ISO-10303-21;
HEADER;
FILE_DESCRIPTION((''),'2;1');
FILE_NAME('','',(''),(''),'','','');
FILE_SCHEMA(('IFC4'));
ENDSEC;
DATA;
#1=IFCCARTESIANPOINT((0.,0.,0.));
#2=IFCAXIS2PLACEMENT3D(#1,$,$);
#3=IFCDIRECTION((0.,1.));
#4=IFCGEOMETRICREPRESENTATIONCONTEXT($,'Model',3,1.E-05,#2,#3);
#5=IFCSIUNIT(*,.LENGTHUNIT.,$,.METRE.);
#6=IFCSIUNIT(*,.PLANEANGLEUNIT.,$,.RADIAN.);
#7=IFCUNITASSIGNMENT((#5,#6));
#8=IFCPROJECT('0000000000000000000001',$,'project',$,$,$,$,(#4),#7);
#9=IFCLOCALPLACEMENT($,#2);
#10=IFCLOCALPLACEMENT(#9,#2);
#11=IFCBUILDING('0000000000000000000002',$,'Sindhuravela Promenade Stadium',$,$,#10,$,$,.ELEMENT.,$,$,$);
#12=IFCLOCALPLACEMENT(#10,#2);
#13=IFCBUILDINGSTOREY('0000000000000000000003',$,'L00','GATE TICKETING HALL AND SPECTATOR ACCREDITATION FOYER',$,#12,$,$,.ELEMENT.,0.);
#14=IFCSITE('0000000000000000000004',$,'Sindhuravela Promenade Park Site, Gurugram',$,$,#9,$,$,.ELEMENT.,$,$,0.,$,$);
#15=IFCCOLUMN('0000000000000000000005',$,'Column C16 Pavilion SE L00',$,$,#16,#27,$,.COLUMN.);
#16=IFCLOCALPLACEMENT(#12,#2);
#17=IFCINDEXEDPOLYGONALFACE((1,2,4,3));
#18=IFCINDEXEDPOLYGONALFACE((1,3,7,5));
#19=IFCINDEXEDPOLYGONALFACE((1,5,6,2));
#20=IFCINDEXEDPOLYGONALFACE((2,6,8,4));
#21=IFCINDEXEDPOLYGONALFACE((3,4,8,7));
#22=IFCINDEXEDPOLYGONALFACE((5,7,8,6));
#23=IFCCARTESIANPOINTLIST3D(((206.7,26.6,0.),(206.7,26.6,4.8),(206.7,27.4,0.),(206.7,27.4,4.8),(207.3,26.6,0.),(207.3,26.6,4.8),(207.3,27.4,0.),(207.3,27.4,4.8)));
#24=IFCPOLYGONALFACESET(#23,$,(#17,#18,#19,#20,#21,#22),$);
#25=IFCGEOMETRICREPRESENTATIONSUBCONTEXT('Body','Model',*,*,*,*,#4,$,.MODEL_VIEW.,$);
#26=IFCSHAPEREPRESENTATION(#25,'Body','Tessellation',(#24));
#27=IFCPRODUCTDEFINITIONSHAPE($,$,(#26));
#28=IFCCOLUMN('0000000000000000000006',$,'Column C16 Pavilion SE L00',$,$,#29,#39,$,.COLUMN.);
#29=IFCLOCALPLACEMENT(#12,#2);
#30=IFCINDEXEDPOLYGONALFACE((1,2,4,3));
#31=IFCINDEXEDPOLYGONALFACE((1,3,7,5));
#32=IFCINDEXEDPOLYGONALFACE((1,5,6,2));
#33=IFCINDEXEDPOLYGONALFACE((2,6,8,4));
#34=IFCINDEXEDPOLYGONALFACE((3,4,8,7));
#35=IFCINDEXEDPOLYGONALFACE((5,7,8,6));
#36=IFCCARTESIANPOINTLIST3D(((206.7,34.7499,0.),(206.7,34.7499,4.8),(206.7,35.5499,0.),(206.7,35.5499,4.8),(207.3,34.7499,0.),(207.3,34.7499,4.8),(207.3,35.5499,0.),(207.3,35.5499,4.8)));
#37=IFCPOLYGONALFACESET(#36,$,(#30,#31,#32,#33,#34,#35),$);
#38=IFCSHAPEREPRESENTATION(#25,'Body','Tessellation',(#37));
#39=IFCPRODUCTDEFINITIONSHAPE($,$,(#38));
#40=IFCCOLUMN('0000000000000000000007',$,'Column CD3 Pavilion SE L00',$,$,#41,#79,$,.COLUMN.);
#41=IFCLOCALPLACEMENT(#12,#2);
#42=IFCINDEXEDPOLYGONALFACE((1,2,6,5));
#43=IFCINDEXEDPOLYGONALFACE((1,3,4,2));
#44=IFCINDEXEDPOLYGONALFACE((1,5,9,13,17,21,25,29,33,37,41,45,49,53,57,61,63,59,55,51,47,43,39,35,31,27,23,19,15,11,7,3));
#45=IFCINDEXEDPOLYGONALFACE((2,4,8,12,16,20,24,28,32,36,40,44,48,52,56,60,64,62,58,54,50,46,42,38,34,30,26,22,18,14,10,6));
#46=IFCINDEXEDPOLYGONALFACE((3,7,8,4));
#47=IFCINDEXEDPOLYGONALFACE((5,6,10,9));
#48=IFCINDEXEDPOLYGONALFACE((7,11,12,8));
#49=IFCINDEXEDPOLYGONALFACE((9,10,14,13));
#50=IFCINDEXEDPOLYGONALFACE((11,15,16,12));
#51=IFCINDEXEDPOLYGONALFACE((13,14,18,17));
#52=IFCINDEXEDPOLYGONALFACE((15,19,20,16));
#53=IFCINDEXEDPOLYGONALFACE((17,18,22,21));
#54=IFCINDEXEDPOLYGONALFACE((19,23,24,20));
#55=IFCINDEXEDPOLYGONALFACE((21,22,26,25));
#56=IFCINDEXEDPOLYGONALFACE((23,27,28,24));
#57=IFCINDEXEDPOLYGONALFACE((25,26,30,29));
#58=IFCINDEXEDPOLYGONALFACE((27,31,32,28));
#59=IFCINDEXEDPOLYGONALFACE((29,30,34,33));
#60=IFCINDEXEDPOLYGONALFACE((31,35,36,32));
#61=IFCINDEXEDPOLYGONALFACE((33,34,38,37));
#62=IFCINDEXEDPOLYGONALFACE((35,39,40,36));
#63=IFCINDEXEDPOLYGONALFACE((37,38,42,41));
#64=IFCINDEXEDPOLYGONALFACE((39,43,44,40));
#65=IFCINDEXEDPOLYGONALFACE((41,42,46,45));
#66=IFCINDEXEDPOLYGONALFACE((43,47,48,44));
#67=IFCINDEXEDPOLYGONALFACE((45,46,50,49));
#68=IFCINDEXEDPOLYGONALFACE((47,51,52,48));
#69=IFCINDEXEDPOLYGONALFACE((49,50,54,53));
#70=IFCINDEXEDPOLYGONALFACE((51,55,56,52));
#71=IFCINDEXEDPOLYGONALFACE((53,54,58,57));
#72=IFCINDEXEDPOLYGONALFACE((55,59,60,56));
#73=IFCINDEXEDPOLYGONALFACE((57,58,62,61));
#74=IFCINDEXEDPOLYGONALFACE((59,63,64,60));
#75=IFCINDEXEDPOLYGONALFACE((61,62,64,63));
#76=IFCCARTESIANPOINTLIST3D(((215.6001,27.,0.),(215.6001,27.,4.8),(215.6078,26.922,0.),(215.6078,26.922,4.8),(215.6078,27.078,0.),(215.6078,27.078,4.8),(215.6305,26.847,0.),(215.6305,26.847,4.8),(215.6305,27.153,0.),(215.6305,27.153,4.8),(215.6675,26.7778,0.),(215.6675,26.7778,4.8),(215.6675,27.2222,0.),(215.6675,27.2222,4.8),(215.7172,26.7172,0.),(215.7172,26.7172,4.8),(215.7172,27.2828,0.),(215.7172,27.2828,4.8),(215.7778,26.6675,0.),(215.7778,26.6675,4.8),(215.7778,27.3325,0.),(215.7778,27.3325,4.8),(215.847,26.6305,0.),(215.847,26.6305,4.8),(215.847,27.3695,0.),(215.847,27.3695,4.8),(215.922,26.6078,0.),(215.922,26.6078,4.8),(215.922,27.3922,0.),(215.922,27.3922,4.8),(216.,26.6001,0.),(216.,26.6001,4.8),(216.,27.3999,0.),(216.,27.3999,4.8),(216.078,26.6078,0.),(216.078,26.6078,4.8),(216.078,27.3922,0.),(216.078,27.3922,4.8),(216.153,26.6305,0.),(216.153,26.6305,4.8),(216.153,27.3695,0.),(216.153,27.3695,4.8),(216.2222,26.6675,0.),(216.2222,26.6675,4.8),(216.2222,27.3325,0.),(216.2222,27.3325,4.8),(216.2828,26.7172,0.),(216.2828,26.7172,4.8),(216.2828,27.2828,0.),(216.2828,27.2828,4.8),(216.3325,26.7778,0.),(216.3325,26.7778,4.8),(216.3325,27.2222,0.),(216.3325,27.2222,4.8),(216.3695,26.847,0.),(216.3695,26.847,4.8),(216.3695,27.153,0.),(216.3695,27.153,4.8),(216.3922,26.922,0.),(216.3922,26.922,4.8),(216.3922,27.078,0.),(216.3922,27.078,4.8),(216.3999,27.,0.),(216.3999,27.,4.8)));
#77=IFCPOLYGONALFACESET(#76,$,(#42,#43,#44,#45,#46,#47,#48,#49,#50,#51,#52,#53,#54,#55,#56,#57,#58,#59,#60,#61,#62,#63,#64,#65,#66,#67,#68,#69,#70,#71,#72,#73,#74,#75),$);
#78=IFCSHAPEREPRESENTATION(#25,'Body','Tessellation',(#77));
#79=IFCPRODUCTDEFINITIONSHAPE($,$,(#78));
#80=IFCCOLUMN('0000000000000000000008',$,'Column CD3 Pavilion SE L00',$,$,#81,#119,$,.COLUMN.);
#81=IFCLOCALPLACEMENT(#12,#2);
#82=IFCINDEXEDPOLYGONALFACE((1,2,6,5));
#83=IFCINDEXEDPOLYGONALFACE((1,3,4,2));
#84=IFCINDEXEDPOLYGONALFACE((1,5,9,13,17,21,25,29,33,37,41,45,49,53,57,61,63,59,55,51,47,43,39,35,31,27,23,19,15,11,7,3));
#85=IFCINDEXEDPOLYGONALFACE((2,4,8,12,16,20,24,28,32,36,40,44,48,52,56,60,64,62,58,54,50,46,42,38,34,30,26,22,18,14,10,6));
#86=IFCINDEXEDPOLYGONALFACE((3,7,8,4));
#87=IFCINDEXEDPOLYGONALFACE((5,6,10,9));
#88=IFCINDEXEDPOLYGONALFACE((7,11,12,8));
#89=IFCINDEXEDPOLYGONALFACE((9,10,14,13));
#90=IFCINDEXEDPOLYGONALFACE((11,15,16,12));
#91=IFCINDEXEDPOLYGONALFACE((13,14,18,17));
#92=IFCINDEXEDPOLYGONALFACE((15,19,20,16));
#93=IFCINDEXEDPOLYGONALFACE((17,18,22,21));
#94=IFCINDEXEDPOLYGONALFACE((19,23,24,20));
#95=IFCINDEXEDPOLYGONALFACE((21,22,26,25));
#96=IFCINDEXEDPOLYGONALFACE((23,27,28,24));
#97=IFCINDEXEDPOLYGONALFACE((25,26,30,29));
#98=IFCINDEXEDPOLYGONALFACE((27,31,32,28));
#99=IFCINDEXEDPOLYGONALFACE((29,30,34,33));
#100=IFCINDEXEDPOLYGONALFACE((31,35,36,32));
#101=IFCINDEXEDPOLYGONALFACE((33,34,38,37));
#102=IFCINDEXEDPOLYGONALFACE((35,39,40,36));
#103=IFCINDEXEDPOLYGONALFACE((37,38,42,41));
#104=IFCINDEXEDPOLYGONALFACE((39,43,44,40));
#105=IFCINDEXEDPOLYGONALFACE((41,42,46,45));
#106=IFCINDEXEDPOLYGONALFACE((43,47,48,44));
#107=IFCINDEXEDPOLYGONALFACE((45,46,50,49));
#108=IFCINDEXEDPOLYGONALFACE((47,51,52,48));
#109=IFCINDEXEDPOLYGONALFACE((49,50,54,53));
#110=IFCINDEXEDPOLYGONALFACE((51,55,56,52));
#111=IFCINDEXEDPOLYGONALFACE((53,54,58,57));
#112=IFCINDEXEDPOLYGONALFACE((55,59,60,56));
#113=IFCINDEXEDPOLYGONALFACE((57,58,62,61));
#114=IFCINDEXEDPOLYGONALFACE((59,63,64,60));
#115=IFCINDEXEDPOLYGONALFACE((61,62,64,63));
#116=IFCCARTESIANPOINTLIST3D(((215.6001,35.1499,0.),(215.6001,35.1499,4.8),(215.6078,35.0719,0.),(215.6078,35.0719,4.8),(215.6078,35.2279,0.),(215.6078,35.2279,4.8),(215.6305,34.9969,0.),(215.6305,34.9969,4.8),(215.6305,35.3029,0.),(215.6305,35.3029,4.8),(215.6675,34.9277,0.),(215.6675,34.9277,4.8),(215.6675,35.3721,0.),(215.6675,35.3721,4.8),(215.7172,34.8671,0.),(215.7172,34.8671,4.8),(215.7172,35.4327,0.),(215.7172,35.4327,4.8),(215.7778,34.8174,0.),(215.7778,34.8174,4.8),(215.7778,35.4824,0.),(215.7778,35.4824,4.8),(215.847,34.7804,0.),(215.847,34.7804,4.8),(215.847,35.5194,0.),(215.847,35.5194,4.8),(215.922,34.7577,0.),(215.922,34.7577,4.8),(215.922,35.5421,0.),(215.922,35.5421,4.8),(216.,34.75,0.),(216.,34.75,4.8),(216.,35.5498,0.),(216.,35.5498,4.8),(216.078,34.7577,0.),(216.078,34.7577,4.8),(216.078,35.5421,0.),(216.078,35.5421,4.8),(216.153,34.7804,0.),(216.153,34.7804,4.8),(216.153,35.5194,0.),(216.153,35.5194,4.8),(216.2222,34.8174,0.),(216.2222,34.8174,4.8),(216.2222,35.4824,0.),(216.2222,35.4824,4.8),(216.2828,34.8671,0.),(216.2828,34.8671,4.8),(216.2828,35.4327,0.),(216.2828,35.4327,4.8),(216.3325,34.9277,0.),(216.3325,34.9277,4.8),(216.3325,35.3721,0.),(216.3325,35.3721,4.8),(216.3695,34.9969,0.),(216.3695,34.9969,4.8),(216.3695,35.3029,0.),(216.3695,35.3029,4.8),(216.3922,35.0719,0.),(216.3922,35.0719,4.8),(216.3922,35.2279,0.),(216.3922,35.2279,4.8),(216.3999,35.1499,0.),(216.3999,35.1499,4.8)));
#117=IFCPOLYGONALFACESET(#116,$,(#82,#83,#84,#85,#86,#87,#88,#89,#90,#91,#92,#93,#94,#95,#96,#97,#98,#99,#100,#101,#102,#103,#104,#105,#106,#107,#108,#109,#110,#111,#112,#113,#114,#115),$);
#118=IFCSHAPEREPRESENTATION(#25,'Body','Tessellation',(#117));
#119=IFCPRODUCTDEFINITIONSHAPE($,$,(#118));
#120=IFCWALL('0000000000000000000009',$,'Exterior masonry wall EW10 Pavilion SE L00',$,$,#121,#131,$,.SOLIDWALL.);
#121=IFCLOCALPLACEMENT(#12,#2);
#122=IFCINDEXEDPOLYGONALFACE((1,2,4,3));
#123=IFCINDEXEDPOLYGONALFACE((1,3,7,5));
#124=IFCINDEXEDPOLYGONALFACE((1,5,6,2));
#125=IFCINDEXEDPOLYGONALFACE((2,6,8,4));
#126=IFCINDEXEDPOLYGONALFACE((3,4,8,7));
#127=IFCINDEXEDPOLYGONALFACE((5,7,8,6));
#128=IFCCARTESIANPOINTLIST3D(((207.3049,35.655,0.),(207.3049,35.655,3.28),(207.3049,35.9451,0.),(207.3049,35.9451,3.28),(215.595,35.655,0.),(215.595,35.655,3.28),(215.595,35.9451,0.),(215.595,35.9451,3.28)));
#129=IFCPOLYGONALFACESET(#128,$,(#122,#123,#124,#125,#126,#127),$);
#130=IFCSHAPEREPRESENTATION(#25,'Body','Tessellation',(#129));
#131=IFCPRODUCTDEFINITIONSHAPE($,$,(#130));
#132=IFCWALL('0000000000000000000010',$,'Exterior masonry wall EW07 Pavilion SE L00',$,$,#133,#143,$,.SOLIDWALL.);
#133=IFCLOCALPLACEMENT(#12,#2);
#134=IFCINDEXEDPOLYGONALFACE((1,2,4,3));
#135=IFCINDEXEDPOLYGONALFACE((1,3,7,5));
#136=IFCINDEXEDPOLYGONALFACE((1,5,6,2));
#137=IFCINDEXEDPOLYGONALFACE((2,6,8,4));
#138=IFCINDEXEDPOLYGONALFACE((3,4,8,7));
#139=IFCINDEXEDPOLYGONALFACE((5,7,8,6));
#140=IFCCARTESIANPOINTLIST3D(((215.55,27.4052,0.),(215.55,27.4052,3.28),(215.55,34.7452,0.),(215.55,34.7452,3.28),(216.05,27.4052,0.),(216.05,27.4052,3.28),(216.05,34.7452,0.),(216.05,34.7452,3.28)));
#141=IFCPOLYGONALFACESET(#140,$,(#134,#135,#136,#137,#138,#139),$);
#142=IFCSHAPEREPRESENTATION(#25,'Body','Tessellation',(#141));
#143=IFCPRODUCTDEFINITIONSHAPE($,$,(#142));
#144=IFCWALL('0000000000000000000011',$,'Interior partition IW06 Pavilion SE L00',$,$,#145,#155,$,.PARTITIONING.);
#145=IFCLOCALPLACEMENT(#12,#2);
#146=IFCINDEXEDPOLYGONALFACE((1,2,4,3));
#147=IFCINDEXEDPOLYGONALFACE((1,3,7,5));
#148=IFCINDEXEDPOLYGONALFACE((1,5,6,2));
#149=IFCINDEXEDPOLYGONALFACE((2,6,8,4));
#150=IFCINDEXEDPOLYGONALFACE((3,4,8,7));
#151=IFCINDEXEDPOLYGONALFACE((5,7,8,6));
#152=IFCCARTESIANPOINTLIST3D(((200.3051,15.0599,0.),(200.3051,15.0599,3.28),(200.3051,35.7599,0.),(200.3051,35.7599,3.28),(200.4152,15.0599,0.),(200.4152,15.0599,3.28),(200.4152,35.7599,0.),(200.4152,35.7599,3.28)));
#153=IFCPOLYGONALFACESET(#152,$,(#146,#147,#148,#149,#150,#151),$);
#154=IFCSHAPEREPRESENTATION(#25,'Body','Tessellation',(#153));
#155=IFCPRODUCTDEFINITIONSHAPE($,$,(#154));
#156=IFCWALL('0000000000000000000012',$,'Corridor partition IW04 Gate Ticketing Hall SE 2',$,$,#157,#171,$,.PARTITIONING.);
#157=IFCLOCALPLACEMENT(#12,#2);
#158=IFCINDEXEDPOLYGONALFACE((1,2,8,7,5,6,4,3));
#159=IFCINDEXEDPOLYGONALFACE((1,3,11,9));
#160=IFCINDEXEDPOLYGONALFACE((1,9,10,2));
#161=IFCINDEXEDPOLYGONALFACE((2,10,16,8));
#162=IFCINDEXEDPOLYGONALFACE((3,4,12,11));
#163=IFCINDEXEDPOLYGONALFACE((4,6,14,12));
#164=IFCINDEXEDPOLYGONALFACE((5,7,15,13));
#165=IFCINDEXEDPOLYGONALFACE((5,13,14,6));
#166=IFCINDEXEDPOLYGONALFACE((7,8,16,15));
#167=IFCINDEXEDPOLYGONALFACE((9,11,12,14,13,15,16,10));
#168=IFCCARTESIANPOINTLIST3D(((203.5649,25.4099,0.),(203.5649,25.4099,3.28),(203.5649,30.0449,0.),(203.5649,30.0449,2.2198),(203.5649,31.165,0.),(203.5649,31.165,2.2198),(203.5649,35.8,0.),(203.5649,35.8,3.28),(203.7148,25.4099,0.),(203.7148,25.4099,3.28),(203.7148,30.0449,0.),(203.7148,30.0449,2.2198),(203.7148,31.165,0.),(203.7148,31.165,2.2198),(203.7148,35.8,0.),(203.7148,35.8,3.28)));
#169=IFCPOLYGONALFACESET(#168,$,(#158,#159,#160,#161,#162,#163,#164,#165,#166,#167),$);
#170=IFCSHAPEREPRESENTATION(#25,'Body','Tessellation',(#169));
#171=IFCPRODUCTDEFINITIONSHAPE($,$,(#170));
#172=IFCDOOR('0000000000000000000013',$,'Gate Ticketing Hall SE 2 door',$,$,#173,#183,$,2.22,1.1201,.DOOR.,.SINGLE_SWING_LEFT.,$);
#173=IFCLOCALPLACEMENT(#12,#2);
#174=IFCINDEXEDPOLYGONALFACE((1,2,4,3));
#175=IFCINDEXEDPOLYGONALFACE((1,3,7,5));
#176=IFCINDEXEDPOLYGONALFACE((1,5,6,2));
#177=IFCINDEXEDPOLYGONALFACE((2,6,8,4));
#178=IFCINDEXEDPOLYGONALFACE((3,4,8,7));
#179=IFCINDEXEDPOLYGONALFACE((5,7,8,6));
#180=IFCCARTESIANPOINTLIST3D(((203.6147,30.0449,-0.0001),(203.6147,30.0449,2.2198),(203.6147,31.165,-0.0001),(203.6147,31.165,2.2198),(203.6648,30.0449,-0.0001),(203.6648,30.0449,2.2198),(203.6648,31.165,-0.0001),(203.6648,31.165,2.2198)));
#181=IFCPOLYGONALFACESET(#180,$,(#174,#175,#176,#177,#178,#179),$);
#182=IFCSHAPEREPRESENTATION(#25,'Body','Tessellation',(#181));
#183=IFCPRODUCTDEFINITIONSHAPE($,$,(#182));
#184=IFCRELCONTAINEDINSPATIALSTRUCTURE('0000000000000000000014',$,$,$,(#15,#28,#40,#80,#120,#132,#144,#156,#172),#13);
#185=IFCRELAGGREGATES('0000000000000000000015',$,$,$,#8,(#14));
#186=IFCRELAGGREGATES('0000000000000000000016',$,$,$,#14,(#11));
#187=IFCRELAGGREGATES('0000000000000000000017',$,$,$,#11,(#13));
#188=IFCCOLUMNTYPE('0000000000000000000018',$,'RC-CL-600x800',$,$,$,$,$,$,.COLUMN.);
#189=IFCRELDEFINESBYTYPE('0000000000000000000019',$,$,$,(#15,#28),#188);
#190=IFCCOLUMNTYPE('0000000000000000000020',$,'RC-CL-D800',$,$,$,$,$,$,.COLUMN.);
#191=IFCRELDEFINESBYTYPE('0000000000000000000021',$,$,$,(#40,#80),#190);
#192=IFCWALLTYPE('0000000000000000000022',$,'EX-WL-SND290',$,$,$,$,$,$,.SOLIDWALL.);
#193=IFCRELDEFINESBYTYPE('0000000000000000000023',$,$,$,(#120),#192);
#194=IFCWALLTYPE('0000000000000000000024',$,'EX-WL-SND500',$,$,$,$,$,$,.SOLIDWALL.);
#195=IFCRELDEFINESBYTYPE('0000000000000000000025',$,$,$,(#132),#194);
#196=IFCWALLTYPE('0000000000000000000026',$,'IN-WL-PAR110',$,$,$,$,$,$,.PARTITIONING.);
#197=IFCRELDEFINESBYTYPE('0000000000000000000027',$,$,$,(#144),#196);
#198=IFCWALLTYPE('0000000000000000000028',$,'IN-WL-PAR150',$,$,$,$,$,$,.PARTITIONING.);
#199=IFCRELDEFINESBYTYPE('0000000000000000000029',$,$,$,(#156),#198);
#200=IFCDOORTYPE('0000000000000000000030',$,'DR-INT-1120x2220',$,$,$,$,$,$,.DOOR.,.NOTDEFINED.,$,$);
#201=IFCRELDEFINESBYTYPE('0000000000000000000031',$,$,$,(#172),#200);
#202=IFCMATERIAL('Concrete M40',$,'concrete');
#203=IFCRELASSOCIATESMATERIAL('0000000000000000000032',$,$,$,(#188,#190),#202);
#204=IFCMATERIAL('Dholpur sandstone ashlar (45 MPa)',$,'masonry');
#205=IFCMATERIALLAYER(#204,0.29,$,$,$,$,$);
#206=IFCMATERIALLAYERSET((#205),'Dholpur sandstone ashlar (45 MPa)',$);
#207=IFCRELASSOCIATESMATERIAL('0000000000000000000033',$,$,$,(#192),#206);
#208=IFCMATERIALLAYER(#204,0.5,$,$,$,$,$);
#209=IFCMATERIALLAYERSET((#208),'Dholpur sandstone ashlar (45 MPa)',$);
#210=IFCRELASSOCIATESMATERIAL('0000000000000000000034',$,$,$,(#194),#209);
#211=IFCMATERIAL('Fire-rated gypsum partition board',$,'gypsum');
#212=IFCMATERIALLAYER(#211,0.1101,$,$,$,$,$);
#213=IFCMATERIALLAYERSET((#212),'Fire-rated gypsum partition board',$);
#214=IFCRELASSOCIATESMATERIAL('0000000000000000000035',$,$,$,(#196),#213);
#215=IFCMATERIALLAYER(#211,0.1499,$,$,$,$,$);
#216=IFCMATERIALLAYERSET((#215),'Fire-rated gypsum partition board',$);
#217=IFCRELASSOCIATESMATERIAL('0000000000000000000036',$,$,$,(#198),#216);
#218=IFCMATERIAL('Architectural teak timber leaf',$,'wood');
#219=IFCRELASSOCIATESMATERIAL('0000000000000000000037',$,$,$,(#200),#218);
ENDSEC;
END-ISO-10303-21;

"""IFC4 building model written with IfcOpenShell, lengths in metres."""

from ifc_helpers import new_model, si_unit, direction, frame, frame_2d, origin, origin_2d, place, context, subcontext, project, spatial, rectangle, circle, extrude, material, layer, layer_set, material_profile, profile_set, type_object, element, fill, save


model = new_model("IFC4")

# Units and contexts
model_context = context("Model", 3, precision=1e-05, world=origin(), true_north=direction((0.0, 1.0)))
body_context = subcontext(model_context, "Body", "Model", "MODEL_VIEW")
ifc_project = project(units=[si_unit("LENGTHUNIT", "METRE"), si_unit("PLANEANGLEUNIT", "RADIAN")], contexts=[model_context])

# Site, building, storey
site_placement = place(None, origin())
site = spatial("IfcSite", under=ifc_project, at=site_placement, Name="Sindhuravela Promenade Park Site, Gurugram", CompositionType="ELEMENT", RefElevation=0.0)
building_placement = place(site_placement, origin())
building = spatial("IfcBuilding", under=site, at=building_placement, Name="Sindhuravela Promenade Stadium", CompositionType="ELEMENT")
storey_placement = place(building_placement, origin())
storey = spatial("IfcBuildingStorey", under=building, at=storey_placement, Name="L00", Description="GATE TICKETING HALL AND SPECTATOR ACCREDITATION FOYER", CompositionType="ELEMENT", Elevation=0.0)

# Shared definitions
ifc_material_1 = material(Name="Concrete M40", Category="concrete")

# Columns
ifc_material_profile_1 = material_profile(ifc_material_1, rectangle(XDim=0.6001, YDim=0.8, at=origin_2d()), Name="RC 600x800")
ifc_profile_set_1 = profile_set([ifc_material_profile_1], Name="Concrete M40")
column_type_1 = type_object("IfcColumnType", Name="RC-CL-600x800", PredefinedType="COLUMN", material=ifc_profile_set_1)
for number, where, z_axis, x_axis, name in (
    (1, (207.0, 27.0, 0.0), (0.0, 0.0, 1.0), (1.0, 0.0, 0.0), "Column C16 Pavilion SE L00"),
    (2, (207.0, 35.1499, 0.0), (0.0, 0.0, 1.0), (1.0, 0.0, 0.0), "Column C16 Pavilion SE L00"),
):
    element("IfcColumn", number, at=place(storey_placement, frame(where, z_axis=z_axis, x_axis=x_axis)), inside=storey, type_object=column_type_1, Name=name, PredefinedType="COLUMN", context=body_context, shape_type="SweptSolid", body=[
        extrude(rectangle(XDim=0.6001, YDim=0.8, at=origin_2d()), origin(), (0.0, 0.0, 1.0), 4.8),
    ])
ifc_material_profile_2 = material_profile(ifc_material_1, circle(Radius=0.3999, at=origin_2d()), Name="RC D800")
ifc_profile_set_2 = profile_set([ifc_material_profile_2], Name="Concrete M40")
column_type_2 = type_object("IfcColumnType", Name="RC-CL-D800", PredefinedType="COLUMN", material=ifc_profile_set_2)
for number, where, z_axis, x_axis, name in (
    (3, (216.0, 27.0, 0.0), (0.0, 0.0, 1.0), (1.0, 0.0, 0.0), "Column CD3 Pavilion SE L00"),
    (4, (216.0, 35.1499, 0.0), (0.0, 0.0, 1.0), (1.0, 0.0, 0.0), "Column CD3 Pavilion SE L00"),
):
    element("IfcColumn", number, at=place(storey_placement, frame(where, z_axis=z_axis, x_axis=x_axis)), inside=storey, type_object=column_type_2, Name=name, PredefinedType="COLUMN", context=body_context, shape_type="SweptSolid", body=[
        extrude(circle(Radius=0.3999, at=origin_2d()), origin(), (0.0, 0.0, 1.0), 4.8),
    ])

# Wall
ifc_material_2 = material(Name="Dholpur sandstone ashlar (45 MPa)", Category="masonry")
ifc_layer_1 = layer(ifc_material_2, 0.29)
ifc_layer_set_1 = layer_set([ifc_layer_1], Name="Dholpur sandstone ashlar (45 MPa)")
wall_type_1 = type_object("IfcWallType", Name="EX-WL-SND290", PredefinedType="SOLIDWALL", material=ifc_layer_set_1)
wall_1_placement = place(storey_placement, frame((207.3049, 35.8, 0.0), z_axis=(0.0, 0.0, 1.0), x_axis=(1.0, 0.0, 0.0)))
element("IfcWall", 5, at=wall_1_placement, inside=storey, type_object=wall_type_1, Name="Exterior masonry wall EW10 Pavilion SE L00", PredefinedType="SOLIDWALL", context=body_context, shape_type="SweptSolid", body=[
    extrude(rectangle(XDim=8.29, YDim=0.29, at=frame_2d((4.145, 0.0))), origin(), (0.0, 0.0, 1.0), 3.28),
])

# Walls
ifc_layer_2 = layer(ifc_material_2, 0.5)
ifc_layer_set_2 = layer_set([ifc_layer_2], Name="Dholpur sandstone ashlar (45 MPa)")
wall_type_2 = type_object("IfcWallType", Name="EX-WL-SND500", PredefinedType="SOLIDWALL", material=ifc_layer_set_2)
wall_2_placement = place(storey_placement, frame((215.8, 34.7451, 0.0), z_axis=(0.0, 0.0, 1.0), x_axis=(0.0, -1.0, 0.0)))
element("IfcWall", 6, at=wall_2_placement, inside=storey, type_object=wall_type_2, Name="Exterior masonry wall EW07 Pavilion SE L00", PredefinedType="SOLIDWALL", context=body_context, shape_type="SweptSolid", body=[
    extrude(rectangle(XDim=7.3401, YDim=0.5, at=frame_2d((3.6699, 0.0))), origin(), (0.0, 0.0, 1.0), 3.28),
])
ifc_material_3 = material(Name="Fire-rated gypsum partition board", Category="gypsum")
ifc_layer_3 = layer(ifc_material_3, 0.1101)
ifc_layer_set_3 = layer_set([ifc_layer_3], Name="Fire-rated gypsum partition board")
wall_type_3 = type_object("IfcWallType", Name="IN-WL-PAR110", PredefinedType="PARTITIONING", material=ifc_layer_set_3)
wall_3_placement = place(storey_placement, frame((200.3601, 35.76, 0.0), z_axis=(0.0, 0.0, 1.0), x_axis=(0.0, -1.0, 0.0)))
element("IfcWall", 7, at=wall_3_placement, inside=storey, type_object=wall_type_3, Name="Interior partition IW06 Pavilion SE L00", PredefinedType="PARTITIONING", context=body_context, shape_type="SweptSolid", body=[
    extrude(rectangle(XDim=20.7, YDim=0.1101, at=frame_2d((10.3501, 0.0))), origin(), (0.0, 0.0, 1.0), 3.28),
])

# Wall, opening, door
ifc_layer_4 = layer(ifc_material_3, 0.1499)
ifc_layer_set_4 = layer_set([ifc_layer_4], Name="Fire-rated gypsum partition board")
wall_type_4 = type_object("IfcWallType", Name="IN-WL-PAR150", PredefinedType="PARTITIONING", material=ifc_layer_set_4)
wall_4_placement = place(storey_placement, frame((203.6399, 35.8, 0.0), z_axis=(0.0, 0.0, 1.0), x_axis=(0.0, -1.0, 0.0)))
wall_4 = element("IfcWall", 8, at=wall_4_placement, inside=storey, type_object=wall_type_4, Name="Corridor partition IW04 Gate Ticketing Hall SE 2", PredefinedType="PARTITIONING", context=body_context, shape_type="SweptSolid", body=[
    extrude(rectangle(XDim=10.3901, YDim=0.1499, at=frame_2d((5.1951, 0.0))), origin(), (0.0, 0.0, 1.0), 3.28),
])
opening_1_placement = place(wall_4_placement, frame((4.635, 0.0, 0.0)))
opening_1 = element("IfcOpeningElement", 9, at=opening_1_placement, cuts=wall_4, PredefinedType="OPENING", context=body_context, shape_type="SweptSolid", body=[
    extrude(rectangle(XDim=1.1201, YDim=2.22, at=frame_2d((0.5601, 1.1099))), frame((0.0, 0.085, 0.0), z_axis=(0.0, -1.0, 0.0), x_axis=(1.0, 0.0, 0.0)), (0.0, 0.0, 1.0), 0.1699),
])
ifc_material_4 = material(Name="Architectural teak timber leaf", Category="wood")
door_type_1 = type_object("IfcDoorType", Name="DR-INT-1120x2220", OperationType="NOTDEFINED", PredefinedType="DOOR", material=ifc_material_4)
door_1_placement = place(opening_1_placement, origin())
door_1 = element("IfcDoor", 10, at=door_1_placement, inside=storey, type_object=door_type_1, Name="Gate Ticketing Hall SE 2 door", OperationType="SINGLE_SWING_LEFT", OverallHeight=2.22, OverallWidth=1.1201, PredefinedType="DOOR", context=body_context, shape_type="SweptSolid", body=[
    extrude(rectangle(XDim=1.1201, YDim=2.22, at=frame_2d((0.5601, 1.1099))), frame((0.0, 0.0249, 0.0), z_axis=(0.0, -1.0, 0.0), x_axis=(1.0, 0.0, 0.0)), (0.0, 0.0, 1.0), 0.05),
])
fill(opening_1, door_1)

save(model, "model.ifc")
